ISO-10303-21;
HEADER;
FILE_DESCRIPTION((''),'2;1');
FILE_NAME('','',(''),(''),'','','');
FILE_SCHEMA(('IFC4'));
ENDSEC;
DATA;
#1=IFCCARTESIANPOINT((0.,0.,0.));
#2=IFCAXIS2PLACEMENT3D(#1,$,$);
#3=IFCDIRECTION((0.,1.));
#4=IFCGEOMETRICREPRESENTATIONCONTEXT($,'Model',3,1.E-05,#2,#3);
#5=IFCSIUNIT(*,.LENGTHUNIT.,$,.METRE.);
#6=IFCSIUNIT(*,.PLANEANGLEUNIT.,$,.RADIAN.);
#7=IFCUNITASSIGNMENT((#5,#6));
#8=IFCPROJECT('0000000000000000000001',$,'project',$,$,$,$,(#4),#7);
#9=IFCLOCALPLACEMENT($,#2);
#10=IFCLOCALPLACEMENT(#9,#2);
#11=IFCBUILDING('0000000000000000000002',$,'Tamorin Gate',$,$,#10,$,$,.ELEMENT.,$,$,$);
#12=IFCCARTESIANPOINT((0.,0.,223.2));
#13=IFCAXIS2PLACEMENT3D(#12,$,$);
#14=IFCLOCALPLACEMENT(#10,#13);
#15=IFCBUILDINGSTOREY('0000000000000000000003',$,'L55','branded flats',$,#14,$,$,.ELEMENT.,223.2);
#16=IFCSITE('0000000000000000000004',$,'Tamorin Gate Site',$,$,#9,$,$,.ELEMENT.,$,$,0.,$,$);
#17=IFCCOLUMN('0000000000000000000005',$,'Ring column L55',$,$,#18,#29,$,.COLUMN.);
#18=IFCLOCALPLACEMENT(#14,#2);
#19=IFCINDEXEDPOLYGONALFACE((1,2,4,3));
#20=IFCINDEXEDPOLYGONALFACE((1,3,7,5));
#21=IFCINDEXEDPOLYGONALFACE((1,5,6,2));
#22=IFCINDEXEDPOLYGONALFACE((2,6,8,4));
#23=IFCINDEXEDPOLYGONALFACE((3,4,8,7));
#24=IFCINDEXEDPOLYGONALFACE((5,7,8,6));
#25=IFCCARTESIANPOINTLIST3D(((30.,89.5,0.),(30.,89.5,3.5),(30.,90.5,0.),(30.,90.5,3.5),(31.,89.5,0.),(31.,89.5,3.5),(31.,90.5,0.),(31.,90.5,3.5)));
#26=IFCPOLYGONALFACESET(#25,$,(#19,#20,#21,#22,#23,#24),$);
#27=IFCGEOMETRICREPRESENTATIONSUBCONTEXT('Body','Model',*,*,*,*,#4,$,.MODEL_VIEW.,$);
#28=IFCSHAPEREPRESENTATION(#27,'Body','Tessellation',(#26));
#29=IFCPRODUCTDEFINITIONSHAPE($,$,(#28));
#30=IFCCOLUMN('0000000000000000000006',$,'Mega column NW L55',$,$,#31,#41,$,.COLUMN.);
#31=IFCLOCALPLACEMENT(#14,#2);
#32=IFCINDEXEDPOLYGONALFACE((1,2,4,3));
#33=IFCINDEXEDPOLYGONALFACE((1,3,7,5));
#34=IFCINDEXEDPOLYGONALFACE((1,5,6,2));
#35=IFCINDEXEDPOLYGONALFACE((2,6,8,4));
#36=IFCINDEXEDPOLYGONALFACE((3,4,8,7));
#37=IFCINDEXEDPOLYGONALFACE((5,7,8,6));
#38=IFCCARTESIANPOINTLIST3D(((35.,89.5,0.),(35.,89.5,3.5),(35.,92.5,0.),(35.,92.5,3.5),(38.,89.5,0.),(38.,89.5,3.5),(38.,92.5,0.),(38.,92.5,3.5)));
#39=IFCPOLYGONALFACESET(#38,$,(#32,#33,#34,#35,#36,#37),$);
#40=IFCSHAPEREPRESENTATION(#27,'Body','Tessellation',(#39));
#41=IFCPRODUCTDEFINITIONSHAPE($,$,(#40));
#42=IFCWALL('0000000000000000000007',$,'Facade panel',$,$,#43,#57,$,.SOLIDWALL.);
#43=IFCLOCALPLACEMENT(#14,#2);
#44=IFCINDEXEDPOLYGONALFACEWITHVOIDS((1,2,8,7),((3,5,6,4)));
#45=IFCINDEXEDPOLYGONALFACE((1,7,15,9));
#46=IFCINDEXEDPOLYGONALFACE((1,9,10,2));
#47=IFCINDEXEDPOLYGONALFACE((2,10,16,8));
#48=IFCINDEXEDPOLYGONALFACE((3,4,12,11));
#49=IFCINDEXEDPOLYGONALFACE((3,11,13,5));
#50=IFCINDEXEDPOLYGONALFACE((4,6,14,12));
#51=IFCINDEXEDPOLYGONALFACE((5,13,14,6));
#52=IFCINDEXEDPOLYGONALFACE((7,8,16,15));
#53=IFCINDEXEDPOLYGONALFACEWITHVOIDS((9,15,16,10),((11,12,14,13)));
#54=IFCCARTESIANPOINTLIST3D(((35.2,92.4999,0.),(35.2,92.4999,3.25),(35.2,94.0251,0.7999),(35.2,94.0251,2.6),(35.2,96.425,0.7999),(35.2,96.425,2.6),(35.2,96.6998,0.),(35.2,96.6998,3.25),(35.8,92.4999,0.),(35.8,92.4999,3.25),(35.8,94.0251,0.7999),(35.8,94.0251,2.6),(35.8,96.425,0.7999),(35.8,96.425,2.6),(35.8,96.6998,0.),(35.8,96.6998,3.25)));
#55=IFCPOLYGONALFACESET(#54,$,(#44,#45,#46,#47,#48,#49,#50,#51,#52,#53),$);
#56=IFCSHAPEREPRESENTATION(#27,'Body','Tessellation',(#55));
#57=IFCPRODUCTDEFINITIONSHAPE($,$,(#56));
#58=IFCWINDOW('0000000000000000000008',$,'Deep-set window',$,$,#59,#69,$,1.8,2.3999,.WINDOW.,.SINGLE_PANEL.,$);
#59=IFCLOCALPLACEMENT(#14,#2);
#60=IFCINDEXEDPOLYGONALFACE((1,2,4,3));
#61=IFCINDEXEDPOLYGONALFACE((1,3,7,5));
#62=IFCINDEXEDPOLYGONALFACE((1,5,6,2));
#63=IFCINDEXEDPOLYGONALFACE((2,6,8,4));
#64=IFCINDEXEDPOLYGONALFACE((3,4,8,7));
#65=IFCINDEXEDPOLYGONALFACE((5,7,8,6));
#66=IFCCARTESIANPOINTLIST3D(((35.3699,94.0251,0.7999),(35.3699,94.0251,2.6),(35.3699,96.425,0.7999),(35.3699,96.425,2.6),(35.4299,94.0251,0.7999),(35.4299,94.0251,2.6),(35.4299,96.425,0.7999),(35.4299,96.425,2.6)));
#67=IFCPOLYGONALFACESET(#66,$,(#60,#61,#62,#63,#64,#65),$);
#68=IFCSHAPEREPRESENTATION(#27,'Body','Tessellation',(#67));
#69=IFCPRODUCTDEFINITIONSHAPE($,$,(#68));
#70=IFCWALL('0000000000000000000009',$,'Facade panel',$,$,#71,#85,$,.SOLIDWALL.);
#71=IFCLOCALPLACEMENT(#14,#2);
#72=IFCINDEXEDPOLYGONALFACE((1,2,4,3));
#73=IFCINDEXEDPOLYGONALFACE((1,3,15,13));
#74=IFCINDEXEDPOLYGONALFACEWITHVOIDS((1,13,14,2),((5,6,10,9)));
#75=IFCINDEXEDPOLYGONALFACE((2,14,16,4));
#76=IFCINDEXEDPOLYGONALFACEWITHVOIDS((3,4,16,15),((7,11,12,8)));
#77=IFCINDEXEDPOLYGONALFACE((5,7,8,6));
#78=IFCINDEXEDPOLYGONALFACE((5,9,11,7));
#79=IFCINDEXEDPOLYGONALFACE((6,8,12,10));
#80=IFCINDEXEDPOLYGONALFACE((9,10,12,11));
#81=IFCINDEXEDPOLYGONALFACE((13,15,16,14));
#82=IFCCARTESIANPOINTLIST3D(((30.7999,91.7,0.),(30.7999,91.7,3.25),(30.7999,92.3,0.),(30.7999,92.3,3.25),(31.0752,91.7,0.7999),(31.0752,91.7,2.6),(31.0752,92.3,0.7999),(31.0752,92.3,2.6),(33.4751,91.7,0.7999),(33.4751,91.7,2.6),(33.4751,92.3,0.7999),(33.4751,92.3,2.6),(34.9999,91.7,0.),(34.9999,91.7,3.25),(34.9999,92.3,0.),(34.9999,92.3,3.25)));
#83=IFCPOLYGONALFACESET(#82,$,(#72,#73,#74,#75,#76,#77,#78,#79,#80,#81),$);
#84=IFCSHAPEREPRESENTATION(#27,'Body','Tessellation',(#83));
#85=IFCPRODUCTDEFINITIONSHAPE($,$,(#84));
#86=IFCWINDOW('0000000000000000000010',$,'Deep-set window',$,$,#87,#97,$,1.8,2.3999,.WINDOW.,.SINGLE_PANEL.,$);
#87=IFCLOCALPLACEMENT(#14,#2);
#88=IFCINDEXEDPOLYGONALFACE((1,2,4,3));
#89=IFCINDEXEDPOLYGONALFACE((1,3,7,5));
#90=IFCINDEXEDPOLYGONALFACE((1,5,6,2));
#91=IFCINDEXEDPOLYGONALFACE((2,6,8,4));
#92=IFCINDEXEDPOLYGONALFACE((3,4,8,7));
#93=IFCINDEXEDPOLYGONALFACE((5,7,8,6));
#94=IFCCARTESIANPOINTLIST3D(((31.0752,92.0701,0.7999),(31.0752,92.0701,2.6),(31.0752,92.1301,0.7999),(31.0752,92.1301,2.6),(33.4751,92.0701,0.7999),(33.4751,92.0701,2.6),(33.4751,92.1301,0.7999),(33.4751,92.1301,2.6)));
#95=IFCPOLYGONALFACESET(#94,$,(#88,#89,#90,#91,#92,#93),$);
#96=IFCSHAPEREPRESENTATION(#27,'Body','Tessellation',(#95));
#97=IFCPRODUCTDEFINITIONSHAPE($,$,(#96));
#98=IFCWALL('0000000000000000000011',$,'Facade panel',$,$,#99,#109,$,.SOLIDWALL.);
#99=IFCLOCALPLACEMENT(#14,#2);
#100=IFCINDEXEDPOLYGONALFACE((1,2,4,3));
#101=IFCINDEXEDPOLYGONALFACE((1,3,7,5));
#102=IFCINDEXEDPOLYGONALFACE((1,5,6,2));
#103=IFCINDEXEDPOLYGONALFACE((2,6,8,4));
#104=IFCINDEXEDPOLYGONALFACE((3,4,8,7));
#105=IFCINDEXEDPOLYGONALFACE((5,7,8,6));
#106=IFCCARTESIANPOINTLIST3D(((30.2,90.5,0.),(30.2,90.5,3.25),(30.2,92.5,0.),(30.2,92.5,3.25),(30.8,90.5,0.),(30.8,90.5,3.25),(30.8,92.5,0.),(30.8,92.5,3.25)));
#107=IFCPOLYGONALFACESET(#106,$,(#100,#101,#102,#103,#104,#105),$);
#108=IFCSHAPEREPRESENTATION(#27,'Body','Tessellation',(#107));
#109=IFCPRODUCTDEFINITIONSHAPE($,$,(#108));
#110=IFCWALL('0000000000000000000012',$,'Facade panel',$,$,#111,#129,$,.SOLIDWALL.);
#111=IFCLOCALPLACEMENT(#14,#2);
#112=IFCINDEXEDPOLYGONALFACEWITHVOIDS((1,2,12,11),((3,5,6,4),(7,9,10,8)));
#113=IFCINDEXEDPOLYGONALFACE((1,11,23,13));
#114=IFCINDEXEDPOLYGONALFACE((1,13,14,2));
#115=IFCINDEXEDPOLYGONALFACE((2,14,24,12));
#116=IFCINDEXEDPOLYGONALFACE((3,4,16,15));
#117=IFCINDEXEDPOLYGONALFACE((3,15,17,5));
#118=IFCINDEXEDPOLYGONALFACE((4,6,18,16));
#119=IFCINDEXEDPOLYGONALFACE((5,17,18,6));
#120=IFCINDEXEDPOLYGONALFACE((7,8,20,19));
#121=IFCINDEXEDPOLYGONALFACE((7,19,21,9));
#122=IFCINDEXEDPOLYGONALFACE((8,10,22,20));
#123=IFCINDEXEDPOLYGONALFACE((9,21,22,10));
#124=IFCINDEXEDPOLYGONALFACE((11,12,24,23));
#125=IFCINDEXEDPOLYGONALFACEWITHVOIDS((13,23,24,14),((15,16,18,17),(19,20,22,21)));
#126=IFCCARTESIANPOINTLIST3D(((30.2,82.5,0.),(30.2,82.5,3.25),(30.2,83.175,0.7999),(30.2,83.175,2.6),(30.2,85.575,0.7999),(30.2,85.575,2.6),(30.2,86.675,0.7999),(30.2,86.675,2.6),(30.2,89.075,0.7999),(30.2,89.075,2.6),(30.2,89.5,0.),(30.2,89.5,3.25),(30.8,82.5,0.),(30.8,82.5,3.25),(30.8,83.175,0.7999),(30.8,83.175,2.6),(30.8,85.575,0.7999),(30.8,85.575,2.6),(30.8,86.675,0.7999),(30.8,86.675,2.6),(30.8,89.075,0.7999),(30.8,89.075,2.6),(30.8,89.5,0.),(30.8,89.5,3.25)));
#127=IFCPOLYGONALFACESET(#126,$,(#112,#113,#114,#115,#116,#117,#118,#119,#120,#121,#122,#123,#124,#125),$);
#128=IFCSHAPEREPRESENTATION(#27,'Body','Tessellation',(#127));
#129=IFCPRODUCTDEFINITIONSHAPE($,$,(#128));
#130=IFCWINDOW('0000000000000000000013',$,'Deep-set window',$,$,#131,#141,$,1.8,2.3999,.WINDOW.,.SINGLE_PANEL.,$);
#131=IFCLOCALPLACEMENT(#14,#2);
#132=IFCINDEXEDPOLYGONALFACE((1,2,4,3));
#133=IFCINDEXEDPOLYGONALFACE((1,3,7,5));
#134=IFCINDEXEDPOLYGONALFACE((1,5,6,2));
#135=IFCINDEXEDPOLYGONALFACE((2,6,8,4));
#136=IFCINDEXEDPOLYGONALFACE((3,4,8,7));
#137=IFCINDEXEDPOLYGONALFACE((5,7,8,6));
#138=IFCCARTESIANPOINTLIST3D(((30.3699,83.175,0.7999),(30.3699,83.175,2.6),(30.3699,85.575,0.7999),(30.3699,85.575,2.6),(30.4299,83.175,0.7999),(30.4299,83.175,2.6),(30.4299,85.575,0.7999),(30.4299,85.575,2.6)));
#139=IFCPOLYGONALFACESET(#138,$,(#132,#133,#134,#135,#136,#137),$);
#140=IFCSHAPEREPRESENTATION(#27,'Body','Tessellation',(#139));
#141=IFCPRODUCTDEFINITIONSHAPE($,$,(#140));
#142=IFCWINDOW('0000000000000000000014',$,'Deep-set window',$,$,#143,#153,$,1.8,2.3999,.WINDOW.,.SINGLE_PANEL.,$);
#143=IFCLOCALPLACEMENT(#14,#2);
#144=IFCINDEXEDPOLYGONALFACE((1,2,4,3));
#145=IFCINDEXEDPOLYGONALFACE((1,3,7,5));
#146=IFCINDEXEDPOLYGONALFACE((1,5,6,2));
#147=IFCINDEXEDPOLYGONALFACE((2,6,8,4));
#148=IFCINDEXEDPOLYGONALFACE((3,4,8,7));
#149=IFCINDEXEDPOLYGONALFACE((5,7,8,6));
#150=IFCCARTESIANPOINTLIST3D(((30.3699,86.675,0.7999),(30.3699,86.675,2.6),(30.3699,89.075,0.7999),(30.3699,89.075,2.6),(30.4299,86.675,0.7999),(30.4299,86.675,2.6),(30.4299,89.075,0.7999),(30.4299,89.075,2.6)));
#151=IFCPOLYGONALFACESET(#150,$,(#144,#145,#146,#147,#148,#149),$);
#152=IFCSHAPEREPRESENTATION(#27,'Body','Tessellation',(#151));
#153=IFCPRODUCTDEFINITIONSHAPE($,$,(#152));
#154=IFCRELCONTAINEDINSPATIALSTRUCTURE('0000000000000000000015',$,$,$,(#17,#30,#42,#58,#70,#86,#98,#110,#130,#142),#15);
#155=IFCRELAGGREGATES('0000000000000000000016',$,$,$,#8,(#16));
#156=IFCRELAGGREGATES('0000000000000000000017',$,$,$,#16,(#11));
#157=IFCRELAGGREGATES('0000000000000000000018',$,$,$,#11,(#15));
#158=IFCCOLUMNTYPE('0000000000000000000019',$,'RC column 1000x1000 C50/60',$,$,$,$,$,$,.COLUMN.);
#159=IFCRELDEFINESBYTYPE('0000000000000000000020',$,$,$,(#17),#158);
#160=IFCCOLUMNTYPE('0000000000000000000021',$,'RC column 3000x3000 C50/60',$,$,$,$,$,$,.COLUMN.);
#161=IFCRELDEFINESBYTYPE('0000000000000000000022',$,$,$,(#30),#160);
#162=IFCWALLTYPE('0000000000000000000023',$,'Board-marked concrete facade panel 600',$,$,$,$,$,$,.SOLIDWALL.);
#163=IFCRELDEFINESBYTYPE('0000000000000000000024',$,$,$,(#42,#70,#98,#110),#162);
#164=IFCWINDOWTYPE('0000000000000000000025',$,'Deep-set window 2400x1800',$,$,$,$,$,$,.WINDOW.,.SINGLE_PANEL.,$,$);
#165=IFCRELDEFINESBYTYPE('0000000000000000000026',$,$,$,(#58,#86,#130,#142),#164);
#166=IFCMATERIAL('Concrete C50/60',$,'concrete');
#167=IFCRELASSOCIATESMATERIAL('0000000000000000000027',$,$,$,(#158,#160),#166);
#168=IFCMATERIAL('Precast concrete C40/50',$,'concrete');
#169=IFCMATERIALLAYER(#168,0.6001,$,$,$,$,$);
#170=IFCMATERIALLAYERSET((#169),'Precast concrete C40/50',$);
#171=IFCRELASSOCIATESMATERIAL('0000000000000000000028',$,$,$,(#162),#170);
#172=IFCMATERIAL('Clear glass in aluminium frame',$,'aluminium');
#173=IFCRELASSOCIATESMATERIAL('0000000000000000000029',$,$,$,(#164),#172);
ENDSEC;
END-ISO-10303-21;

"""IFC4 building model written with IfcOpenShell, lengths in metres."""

from ifc_helpers import new_model, si_unit, direction, frame, frame_2d, origin, origin_2d, place, context, subcontext, project, spatial, rectangle, extrude, material, layer, layer_set, material_profile, profile_set, type_object, element, fill, save


model = new_model("IFC4")

# Units and contexts
model_context = context("Model", 3, precision=1e-05, world=origin(), true_north=direction((0.0, 1.0)))
body_context = subcontext(model_context, "Body", "Model", "MODEL_VIEW")
ifc_project = project(units=[si_unit("LENGTHUNIT", "METRE"), si_unit("PLANEANGLEUNIT", "RADIAN")], contexts=[model_context])

# Site, building, storey
site_placement = place(None, origin())
site = spatial("IfcSite", under=ifc_project, at=site_placement, Name="Tamorin Gate Site", CompositionType="ELEMENT", RefElevation=0.0)
building_placement = place(site_placement, origin())
building = spatial("IfcBuilding", under=site, at=building_placement, Name="Tamorin Gate", CompositionType="ELEMENT")
storey_placement = place(building_placement, frame((0.0, 0.0, 223.2)))
storey = spatial("IfcBuildingStorey", under=building, at=storey_placement, Name="L55", Description="branded flats", CompositionType="ELEMENT", Elevation=223.2)

# Columns
ifc_material_1 = material(Name="Concrete C50/60", Category="concrete")
ifc_material_profile_1 = material_profile(ifc_material_1, rectangle(XDim=1.0, YDim=1.0, at=origin_2d()), Name="RC 1000x1000")
ifc_profile_set_1 = profile_set([ifc_material_profile_1], Name="Concrete C50/60")
column_type_1 = type_object("IfcColumnType", Name="RC column 1000x1000 C50/60", PredefinedType="COLUMN", material=ifc_profile_set_1)
column_1_placement = place(storey_placement, frame((30.5, 90.0, 0.0), z_axis=(0.0, 0.0, 1.0), x_axis=(1.0, 0.0, 0.0)))
element("IfcColumn", 1, at=column_1_placement, inside=storey, type_object=column_type_1, Name="Ring column L55", PredefinedType="COLUMN", context=body_context, shape_type="SweptSolid", body=[
    extrude(rectangle(XDim=1.0, YDim=1.0, at=origin_2d()), origin(), (0.0, 0.0, 1.0), 3.5),
])
ifc_material_profile_2 = material_profile(ifc_material_1, rectangle(XDim=3.0, YDim=3.0, at=origin_2d()), Name="RC 3000x3000")
ifc_profile_set_2 = profile_set([ifc_material_profile_2], Name="Concrete C50/60")
column_type_2 = type_object("IfcColumnType", Name="RC column 3000x3000 C50/60", PredefinedType="COLUMN", material=ifc_profile_set_2)
column_2_placement = place(storey_placement, frame((36.5, 91.0, 0.0), z_axis=(0.0, 0.0, 1.0), x_axis=(1.0, 0.0, 0.0)))
element("IfcColumn", 2, at=column_2_placement, inside=storey, type_object=column_type_2, Name="Mega column NW L55", PredefinedType="COLUMN", context=body_context, shape_type="SweptSolid", body=[
    extrude(rectangle(XDim=3.0, YDim=3.0, at=origin_2d()), origin(), (0.0, 0.0, 1.0), 3.5),
])

# Walls, openings, windows
ifc_material_2 = material(Name="Precast concrete C40/50", Category="concrete")
ifc_layer_1 = layer(ifc_material_2, 0.6001)
ifc_layer_set_1 = layer_set([ifc_layer_1], Name="Precast concrete C40/50")
wall_type_1 = type_object("IfcWallType", Name="Board-marked concrete facade panel 600", PredefinedType="SOLIDWALL", material=ifc_layer_set_1)
wall_1_placement = place(storey_placement, frame((35.5, 96.7, 0.0), z_axis=(0.0, 0.0, 1.0), x_axis=(0.0, -1.0, 0.0)))
wall_1 = element("IfcWall", 3, at=wall_1_placement, inside=storey, type_object=wall_type_1, Name="Facade panel", PredefinedType="SOLIDWALL", context=body_context, shape_type="SweptSolid", body=[
    extrude(rectangle(XDim=4.2, YDim=0.6001, at=frame_2d((2.1001, 0.0))), origin(), (0.0, 0.0, 1.0), 3.25),
])
opening_1_placement = place(wall_1_placement, frame((0.2749, 0.0, 0.8)))
opening_1 = element("IfcOpeningElement", 4, at=opening_1_placement, cuts=wall_1, PredefinedType="OPENING", context=body_context, shape_type="SweptSolid", body=[
    extrude(rectangle(XDim=2.3999, YDim=1.8, at=frame_2d((1.2, 0.8999))), frame((0.0, 0.3101, 0.0), z_axis=(0.0, -1.0, 0.0), x_axis=(1.0, 0.0, 0.0)), (0.0, 0.0, 1.0), 0.6201),
])
ifc_material_3 = material(Name="Clear glass in aluminium frame", Category="aluminium")
window_type = type_object("IfcWindowType", Name="Deep-set window 2400x1800", PartitioningType="SINGLE_PANEL", PredefinedType="WINDOW", material=ifc_material_3)
window_1_placement = place(opening_1_placement, origin())
window_1 = element("IfcWindow", 5, at=window_1_placement, inside=storey, type_object=window_type, Name="Deep-set window", OverallHeight=1.8, OverallWidth=2.3999, PartitioningType="SINGLE_PANEL", PredefinedType="WINDOW", context=body_context, shape_type="SweptSolid", body=[
    extrude(rectangle(XDim=2.3999, YDim=1.8, at=frame_2d((1.2, 0.8999))), frame((0.0, -0.0701, 0.0), z_axis=(0.0, -1.0, 0.0), x_axis=(1.0, 0.0, 0.0)), (0.0, 0.0, 1.0), 0.0601),
])
fill(opening_1, window_1)
wall_2_placement = place(storey_placement, frame((35.0, 92.0, 0.0), z_axis=(0.0, 0.0, 1.0), x_axis=(-1.0, 0.0, 0.0)))
wall_2 = element("IfcWall", 6, at=wall_2_placement, inside=storey, type_object=wall_type_1, Name="Facade panel", PredefinedType="SOLIDWALL", context=body_context, shape_type="SweptSolid", body=[
    extrude(rectangle(XDim=4.2, YDim=0.6001, at=frame_2d((2.1001, 0.0))), origin(), (0.0, 0.0, 1.0), 3.25),
])
opening_2_placement = place(wall_2_placement, frame((1.5249, 0.0, 0.8)))
opening_2 = element("IfcOpeningElement", 7, at=opening_2_placement, cuts=wall_2, PredefinedType="OPENING", context=body_context, shape_type="SweptSolid", body=[
    extrude(rectangle(XDim=2.3999, YDim=1.8, at=frame_2d((1.2, 0.8999))), frame((0.0, 0.3101, 0.0), z_axis=(0.0, -1.0, 0.0), x_axis=(1.0, 0.0, 0.0)), (0.0, 0.0, 1.0), 0.6201),
])
window_2_placement = place(opening_2_placement, origin())
window_2 = element("IfcWindow", 8, at=window_2_placement, inside=storey, type_object=window_type, Name="Deep-set window", OverallHeight=1.8, OverallWidth=2.3999, PartitioningType="SINGLE_PANEL", PredefinedType="WINDOW", context=body_context, shape_type="SweptSolid", body=[
    extrude(rectangle(XDim=2.3999, YDim=1.8, at=frame_2d((1.2, 0.8999))), frame((0.0, -0.0701, 0.0), z_axis=(0.0, -1.0, 0.0), x_axis=(1.0, 0.0, 0.0)), (0.0, 0.0, 1.0), 0.0601),
])
fill(opening_2, window_2)

# Wall
wall_3_placement = place(storey_placement, frame((30.5, 92.5, 0.0), z_axis=(0.0, 0.0, 1.0), x_axis=(0.0, -1.0, 0.0)))
element("IfcWall", 9, at=wall_3_placement, inside=storey, type_object=wall_type_1, Name="Facade panel", PredefinedType="SOLIDWALL", context=body_context, shape_type="SweptSolid", body=[
    extrude(rectangle(XDim=2.0, YDim=0.6001, at=frame_2d((1.0, 0.0))), origin(), (0.0, 0.0, 1.0), 3.25),
])

# Wall, openings, windows
wall_4_placement = place(storey_placement, frame((30.5, 89.5, 0.0), z_axis=(0.0, 0.0, 1.0), x_axis=(0.0, -1.0, 0.0)))
wall_4 = element("IfcWall", 10, at=wall_4_placement, inside=storey, type_object=wall_type_1, Name="Facade panel", PredefinedType="SOLIDWALL", context=body_context, shape_type="SweptSolid", body=[
    extrude(rectangle(XDim=7.0, YDim=0.6001, at=frame_2d((3.5, 0.0))), origin(), (0.0, 0.0, 1.0), 3.25),
])
opening_3_placement = place(wall_4_placement, frame((3.925, 0.0, 0.8)))
opening_3 = element("IfcOpeningElement", 11, at=opening_3_placement, cuts=wall_4, PredefinedType="OPENING", context=body_context, shape_type="SweptSolid", body=[
    extrude(rectangle(XDim=2.3999, YDim=1.8, at=frame_2d((1.2, 0.8999))), frame((0.0, 0.3101, 0.0), z_axis=(0.0, -1.0, 0.0), x_axis=(1.0, 0.0, 0.0)), (0.0, 0.0, 1.0), 0.6201),
])
opening_4_placement = place(wall_4_placement, frame((0.425, 0.0, 0.8)))
opening_4 = element("IfcOpeningElement", 12, at=opening_4_placement, cuts=wall_4, PredefinedType="OPENING", context=body_context, shape_type="SweptSolid", body=[
    extrude(rectangle(XDim=2.3999, YDim=1.8, at=frame_2d((1.2, 0.8999))), frame((0.0, 0.3101, 0.0), z_axis=(0.0, -1.0, 0.0), x_axis=(1.0, 0.0, 0.0)), (0.0, 0.0, 1.0), 0.6201),
])
window_3_placement = place(opening_3_placement, origin())
window_3 = element("IfcWindow", 13, at=window_3_placement, inside=storey, type_object=window_type, Name="Deep-set window", OverallHeight=1.8, OverallWidth=2.3999, PartitioningType="SINGLE_PANEL", PredefinedType="WINDOW", context=body_context, shape_type="SweptSolid", body=[
    extrude(rectangle(XDim=2.3999, YDim=1.8, at=frame_2d((1.2, 0.8999))), frame((0.0, -0.0701, 0.0), z_axis=(0.0, -1.0, 0.0), x_axis=(1.0, 0.0, 0.0)), (0.0, 0.0, 1.0), 0.0601),
])
fill(opening_3, window_3)
window_4_placement = place(opening_4_placement, origin())
window_4 = element("IfcWindow", 14, at=window_4_placement, inside=storey, type_object=window_type, Name="Deep-set window", OverallHeight=1.8, OverallWidth=2.3999, PartitioningType="SINGLE_PANEL", PredefinedType="WINDOW", context=body_context, shape_type="SweptSolid", body=[
    extrude(rectangle(XDim=2.3999, YDim=1.8, at=frame_2d((1.2, 0.8999))), frame((0.0, -0.0701, 0.0), z_axis=(0.0, -1.0, 0.0), x_axis=(1.0, 0.0, 0.0)), (0.0, 0.0, 1.0), 0.0601),
])
fill(opening_4, window_4)

save(model, "model.ifc")
